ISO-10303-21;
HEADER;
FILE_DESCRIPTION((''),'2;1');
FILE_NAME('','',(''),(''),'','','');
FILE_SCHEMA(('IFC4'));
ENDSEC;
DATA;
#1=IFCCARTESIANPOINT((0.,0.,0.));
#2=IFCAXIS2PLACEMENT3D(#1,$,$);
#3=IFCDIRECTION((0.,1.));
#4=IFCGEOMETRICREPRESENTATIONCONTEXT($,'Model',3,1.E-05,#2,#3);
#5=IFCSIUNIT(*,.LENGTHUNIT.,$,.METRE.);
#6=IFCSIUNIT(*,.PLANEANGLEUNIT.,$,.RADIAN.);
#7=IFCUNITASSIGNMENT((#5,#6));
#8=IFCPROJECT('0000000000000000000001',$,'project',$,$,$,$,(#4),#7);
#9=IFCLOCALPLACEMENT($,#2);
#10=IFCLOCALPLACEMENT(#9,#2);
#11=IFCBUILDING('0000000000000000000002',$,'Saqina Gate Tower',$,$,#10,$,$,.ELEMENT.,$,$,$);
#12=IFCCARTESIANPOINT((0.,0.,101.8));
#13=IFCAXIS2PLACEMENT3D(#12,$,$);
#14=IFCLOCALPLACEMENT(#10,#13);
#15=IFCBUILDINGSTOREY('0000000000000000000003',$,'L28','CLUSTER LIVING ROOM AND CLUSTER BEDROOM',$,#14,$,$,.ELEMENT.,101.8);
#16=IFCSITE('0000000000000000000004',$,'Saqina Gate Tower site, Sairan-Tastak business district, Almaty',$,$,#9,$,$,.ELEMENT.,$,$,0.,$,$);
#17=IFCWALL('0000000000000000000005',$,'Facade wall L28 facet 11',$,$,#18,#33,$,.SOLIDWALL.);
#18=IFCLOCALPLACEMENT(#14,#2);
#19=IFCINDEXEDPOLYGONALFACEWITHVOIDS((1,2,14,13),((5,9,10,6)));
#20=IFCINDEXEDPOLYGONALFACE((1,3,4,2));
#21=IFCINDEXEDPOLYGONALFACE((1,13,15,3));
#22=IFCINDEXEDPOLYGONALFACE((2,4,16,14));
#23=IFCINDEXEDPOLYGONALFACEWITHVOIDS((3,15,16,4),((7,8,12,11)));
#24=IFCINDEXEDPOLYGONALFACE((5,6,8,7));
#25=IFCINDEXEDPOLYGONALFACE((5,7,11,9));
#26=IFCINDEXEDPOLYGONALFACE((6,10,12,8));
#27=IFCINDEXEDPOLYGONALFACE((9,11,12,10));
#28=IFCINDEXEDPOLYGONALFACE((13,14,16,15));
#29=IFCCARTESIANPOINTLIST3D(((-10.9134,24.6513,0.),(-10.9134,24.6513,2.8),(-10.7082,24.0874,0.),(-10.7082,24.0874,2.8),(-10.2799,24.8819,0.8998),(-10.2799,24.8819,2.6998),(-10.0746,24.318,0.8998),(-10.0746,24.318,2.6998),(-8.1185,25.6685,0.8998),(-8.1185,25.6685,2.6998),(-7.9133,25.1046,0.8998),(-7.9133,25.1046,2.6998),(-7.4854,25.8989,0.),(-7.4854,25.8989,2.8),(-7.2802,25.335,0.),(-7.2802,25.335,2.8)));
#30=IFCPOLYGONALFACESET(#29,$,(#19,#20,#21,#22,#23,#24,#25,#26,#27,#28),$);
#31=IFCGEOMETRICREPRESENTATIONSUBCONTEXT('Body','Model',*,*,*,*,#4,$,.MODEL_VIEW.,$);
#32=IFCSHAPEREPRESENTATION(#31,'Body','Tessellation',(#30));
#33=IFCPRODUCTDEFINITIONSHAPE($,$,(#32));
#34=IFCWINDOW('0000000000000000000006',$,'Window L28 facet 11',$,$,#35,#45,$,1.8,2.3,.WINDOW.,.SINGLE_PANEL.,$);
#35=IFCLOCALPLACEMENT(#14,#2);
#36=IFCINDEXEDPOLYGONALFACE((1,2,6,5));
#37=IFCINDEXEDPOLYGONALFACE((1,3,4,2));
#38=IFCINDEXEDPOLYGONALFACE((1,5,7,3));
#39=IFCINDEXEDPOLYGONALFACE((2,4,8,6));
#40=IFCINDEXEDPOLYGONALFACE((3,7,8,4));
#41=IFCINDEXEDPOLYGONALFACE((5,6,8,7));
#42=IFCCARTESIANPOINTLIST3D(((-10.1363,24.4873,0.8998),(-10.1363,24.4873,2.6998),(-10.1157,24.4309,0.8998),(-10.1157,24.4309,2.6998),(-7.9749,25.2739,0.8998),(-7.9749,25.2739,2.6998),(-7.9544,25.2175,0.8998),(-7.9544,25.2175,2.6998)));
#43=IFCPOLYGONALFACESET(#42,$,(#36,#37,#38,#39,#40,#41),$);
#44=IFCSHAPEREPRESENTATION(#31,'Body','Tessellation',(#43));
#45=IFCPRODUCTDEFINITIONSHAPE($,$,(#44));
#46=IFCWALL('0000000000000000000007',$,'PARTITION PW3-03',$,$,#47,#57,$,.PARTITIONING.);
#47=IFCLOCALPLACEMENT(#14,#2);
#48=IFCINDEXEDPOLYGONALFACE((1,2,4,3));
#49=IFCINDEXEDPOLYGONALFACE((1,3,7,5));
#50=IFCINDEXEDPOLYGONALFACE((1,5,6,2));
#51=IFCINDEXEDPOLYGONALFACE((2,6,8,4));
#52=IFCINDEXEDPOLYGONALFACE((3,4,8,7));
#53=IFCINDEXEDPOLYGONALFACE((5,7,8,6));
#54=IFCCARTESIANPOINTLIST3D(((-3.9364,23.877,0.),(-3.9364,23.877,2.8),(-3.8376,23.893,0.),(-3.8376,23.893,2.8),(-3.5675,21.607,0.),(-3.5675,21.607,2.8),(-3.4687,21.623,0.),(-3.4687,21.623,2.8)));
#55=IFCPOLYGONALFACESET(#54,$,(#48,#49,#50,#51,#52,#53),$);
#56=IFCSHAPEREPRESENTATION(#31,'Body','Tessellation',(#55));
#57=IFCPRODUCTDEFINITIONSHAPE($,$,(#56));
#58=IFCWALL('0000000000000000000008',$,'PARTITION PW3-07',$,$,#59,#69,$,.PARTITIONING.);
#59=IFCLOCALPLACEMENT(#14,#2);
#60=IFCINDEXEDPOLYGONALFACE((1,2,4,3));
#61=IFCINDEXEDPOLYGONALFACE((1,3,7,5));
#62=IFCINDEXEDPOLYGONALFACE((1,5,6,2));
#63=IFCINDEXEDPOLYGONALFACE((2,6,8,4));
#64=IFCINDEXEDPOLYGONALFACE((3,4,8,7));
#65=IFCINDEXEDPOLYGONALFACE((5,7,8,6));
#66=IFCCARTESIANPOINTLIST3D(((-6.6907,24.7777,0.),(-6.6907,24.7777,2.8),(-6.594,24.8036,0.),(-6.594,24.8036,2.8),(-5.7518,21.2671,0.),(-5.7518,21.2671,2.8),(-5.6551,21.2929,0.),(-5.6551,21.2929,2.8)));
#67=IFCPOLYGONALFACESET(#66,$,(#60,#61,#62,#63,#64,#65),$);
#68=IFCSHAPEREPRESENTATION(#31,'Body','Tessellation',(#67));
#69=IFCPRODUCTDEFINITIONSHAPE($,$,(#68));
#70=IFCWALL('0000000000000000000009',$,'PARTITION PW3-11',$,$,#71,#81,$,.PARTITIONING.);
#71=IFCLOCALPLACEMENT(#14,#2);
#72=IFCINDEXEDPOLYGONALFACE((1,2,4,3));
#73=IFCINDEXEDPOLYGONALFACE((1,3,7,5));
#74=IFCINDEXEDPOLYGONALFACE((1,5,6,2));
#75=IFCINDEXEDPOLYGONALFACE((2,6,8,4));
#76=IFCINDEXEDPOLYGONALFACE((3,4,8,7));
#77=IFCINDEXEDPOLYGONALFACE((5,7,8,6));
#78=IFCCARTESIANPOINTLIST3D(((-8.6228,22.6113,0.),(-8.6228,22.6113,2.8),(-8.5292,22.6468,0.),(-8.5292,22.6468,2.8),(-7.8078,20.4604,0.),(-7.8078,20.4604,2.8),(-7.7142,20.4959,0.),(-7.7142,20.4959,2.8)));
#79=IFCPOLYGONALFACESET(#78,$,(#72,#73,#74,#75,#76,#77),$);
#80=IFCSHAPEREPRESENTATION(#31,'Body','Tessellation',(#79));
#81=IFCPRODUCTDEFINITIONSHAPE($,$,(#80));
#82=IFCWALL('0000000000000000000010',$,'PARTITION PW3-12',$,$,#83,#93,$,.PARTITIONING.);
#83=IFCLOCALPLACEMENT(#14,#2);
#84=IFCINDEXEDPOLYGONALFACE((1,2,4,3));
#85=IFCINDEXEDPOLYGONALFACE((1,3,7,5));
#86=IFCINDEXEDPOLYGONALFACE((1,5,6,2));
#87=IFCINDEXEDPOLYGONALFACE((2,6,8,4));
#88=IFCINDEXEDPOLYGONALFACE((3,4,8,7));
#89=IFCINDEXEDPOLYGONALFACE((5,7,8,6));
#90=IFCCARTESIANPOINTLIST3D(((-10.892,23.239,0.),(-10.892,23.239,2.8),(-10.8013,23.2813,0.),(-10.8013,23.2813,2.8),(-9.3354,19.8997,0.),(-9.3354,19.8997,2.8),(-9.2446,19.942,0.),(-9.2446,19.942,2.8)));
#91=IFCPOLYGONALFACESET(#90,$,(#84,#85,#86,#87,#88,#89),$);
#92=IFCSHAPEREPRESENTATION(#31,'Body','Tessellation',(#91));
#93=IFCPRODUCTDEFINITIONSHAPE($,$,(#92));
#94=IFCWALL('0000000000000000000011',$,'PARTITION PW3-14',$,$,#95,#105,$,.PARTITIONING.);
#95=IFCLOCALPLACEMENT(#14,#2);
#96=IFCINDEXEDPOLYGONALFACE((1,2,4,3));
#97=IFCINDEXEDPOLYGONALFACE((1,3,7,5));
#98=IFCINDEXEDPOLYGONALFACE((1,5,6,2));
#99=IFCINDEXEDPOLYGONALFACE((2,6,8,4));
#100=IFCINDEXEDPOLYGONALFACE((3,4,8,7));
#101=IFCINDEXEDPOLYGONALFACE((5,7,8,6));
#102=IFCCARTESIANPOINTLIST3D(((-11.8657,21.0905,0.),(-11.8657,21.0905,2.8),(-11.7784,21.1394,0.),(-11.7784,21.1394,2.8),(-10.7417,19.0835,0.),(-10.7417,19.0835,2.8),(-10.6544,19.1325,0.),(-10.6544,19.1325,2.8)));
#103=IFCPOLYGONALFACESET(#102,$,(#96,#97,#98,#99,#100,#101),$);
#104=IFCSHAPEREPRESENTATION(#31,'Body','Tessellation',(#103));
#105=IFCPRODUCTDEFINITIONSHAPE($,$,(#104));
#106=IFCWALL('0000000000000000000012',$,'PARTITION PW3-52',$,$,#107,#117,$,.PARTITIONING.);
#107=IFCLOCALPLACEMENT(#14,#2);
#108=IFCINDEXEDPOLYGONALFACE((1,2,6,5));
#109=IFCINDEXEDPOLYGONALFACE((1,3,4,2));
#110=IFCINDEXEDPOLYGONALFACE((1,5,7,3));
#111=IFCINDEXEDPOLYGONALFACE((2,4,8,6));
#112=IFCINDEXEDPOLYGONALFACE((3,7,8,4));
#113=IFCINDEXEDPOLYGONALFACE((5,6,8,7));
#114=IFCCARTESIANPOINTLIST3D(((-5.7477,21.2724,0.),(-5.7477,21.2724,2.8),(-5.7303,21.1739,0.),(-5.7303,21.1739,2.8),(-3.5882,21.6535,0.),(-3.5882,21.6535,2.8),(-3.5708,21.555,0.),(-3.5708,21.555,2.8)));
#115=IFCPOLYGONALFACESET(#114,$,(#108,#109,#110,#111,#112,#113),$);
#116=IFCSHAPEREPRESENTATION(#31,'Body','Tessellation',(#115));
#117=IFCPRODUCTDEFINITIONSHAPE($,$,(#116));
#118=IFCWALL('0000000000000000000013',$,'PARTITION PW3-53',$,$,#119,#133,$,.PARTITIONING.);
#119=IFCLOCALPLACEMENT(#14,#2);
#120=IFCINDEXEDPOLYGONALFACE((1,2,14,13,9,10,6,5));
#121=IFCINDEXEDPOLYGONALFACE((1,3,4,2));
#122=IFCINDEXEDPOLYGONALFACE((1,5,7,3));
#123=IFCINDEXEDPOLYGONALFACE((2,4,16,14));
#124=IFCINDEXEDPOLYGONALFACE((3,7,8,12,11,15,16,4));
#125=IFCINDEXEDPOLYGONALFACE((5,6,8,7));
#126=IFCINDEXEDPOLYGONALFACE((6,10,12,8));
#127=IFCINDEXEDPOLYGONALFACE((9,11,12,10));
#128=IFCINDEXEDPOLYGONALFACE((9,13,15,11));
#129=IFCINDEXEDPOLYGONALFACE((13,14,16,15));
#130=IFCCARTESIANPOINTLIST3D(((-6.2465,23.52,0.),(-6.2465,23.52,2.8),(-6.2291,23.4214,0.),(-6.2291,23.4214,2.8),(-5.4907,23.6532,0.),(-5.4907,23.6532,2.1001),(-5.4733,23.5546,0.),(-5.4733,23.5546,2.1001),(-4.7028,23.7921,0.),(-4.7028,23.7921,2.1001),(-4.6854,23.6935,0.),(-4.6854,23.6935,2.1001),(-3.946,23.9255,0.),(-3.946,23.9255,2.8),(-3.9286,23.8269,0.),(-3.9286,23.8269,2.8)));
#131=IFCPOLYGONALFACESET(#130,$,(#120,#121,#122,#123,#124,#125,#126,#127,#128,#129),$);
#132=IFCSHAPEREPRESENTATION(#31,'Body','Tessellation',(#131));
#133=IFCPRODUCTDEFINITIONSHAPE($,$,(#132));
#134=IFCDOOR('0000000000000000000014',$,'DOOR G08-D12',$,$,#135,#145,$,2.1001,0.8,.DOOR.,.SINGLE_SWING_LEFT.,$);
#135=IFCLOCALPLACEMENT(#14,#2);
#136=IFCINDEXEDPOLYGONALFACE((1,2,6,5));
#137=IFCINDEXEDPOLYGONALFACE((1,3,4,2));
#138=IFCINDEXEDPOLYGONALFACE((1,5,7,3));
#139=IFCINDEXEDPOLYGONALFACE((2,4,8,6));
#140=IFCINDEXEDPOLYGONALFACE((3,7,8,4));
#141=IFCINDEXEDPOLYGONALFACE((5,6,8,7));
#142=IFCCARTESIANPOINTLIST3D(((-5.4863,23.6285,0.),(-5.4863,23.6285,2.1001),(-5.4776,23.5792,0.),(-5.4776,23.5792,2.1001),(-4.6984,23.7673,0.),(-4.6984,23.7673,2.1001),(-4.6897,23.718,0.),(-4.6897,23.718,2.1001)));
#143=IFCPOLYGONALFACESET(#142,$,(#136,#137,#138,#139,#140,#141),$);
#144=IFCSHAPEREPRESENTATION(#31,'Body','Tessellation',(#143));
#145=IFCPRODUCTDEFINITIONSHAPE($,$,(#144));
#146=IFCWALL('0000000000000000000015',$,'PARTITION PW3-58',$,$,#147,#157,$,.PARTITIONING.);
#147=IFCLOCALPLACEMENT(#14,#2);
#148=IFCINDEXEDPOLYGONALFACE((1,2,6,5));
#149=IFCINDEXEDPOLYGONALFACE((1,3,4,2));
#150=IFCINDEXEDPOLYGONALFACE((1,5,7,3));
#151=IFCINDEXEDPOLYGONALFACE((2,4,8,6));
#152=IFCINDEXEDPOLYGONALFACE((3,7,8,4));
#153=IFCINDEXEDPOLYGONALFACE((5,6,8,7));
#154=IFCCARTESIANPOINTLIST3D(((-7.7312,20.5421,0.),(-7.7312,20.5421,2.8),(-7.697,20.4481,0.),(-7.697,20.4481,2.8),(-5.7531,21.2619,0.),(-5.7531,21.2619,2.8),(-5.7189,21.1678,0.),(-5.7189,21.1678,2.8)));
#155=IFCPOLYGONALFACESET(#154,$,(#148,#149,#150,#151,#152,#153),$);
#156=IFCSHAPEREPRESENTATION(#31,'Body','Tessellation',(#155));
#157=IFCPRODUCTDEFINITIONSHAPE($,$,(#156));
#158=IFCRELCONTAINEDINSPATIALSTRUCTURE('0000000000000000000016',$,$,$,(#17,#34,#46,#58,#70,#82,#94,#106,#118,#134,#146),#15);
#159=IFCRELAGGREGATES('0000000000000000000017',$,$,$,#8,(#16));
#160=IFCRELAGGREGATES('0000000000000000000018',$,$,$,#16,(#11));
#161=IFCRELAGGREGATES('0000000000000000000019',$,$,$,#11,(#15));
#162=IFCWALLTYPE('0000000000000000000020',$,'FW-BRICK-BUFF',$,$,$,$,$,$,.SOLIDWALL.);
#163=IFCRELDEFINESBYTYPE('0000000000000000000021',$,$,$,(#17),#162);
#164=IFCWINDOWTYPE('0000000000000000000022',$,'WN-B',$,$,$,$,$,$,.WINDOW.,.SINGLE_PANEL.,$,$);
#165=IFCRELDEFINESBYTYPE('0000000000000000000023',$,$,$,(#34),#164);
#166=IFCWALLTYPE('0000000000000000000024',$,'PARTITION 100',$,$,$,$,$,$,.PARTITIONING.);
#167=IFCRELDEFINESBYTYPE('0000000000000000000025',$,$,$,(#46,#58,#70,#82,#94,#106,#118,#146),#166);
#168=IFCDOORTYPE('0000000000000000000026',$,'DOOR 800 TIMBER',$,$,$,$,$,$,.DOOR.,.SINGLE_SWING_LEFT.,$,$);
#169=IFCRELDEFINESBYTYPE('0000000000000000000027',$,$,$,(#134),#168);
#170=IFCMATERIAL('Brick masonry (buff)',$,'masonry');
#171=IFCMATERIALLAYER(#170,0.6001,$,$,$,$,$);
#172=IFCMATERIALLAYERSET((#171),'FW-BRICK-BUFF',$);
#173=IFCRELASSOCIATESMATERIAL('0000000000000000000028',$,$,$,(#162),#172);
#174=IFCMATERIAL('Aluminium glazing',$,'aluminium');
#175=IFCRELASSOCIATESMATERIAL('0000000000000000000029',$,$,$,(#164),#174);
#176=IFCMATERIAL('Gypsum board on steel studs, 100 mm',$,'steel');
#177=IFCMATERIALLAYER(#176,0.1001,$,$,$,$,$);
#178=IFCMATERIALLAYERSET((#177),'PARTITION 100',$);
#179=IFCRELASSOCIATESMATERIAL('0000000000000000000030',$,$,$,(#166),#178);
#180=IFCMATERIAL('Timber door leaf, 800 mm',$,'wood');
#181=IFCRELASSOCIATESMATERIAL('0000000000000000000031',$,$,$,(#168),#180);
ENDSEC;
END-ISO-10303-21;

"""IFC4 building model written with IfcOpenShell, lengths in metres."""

from ifc_helpers import new_model, si_unit, direction, frame, frame_2d, origin, place, context, subcontext, project, spatial, rectangle, extrude, material, layer, layer_set, type_object, element, fill, save


model = new_model("IFC4")

# Units and contexts
model_context = context("Model", 3, precision=1e-05, world=origin(), true_north=direction((0.0, 1.0)))
body_context = subcontext(model_context, "Body", "Model", "MODEL_VIEW")
ifc_project = project(units=[si_unit("LENGTHUNIT", "METRE"), si_unit("PLANEANGLEUNIT", "RADIAN")], contexts=[model_context])

# Site, building, storey
site_placement = place(None, origin())
site = spatial("IfcSite", under=ifc_project, at=site_placement, Name="Saqina Gate Tower site, Sairan-Tastak business district, Almaty", CompositionType="ELEMENT", RefElevation=0.0)
building_placement = place(site_placement, origin())
building = spatial("IfcBuilding", under=site, at=building_placement, Name="Saqina Gate Tower", CompositionType="ELEMENT")
storey_placement = place(building_placement, frame((0.0, 0.0, 101.8)))
storey = spatial("IfcBuildingStorey", under=building, at=storey_placement, Name="L28", Description="CLUSTER LIVING ROOM AND CLUSTER BEDROOM", CompositionType="ELEMENT", Elevation=101.8)

# Wall, opening, window
ifc_material_1 = material(Name="Brick masonry (buff)", Category="masonry")
ifc_layer_1 = layer(ifc_material_1, 0.6001)
ifc_layer_set_1 = layer_set([ifc_layer_1], Name="FW-BRICK-BUFF")
wall_type_1 = type_object("IfcWallType", Name="FW-BRICK-BUFF", PredefinedType="SOLIDWALL", material=ifc_layer_set_1)
ifc_material_2 = material(Name="Aluminium glazing", Category="aluminium")
window_type = type_object("IfcWindowType", Name="WN-B", PartitioningType="SINGLE_PANEL", PredefinedType="WINDOW", material=ifc_material_2)
wall_1_placement = place(storey_placement, frame((-7.3828, 25.6169, 0.0), z_axis=(0.0, 0.0, 1.0), x_axis=(-0.939704, -0.34199, 0.0)))
wall_1 = element("IfcWall", 1, at=wall_1_placement, inside=storey, type_object=wall_type_1, Name="Facade wall L28 facet 11", PredefinedType="SOLIDWALL", context=body_context, shape_type="SweptSolid", body=[
    extrude(rectangle(XDim=3.6479, YDim=0.6001, at=frame_2d((1.824, 0.0))), origin(), (0.0, 0.0, 1.0), 2.8),
])
opening_1_placement = place(wall_1_placement, frame((0.6738, 0.0, 0.8999)))
opening_1 = element("IfcOpeningElement", 2, at=opening_1_placement, cuts=wall_1, PredefinedType="OPENING", context=body_context, shape_type="SweptSolid", body=[
    extrude(rectangle(XDim=2.3, YDim=1.8, at=frame_2d((1.1499, 0.8999))), frame((0.0, 0.312, 0.0), z_axis=(0.0, -1.0, 0.0), x_axis=(1.0, 0.0, 0.0)), (0.0, 0.0, 1.0), 0.624),
])
window_1_placement = place(opening_1_placement, origin())
window_1 = element("IfcWindow", 3, at=window_1_placement, inside=storey, type_object=window_type, Name="Window L28 facet 11", OverallHeight=1.8, OverallWidth=2.3, PartitioningType="SINGLE_PANEL", PredefinedType="WINDOW", context=body_context, shape_type="SweptSolid", body=[
    extrude(rectangle(XDim=2.3, YDim=1.8, at=frame_2d((1.1499, 0.8999))), frame((0.0, 0.1799, 0.0), z_axis=(0.0, -1.0, 0.0), x_axis=(1.0, 0.0, 0.0)), (0.0, 0.0, 1.0), 0.0601),
])
fill(opening_1, window_1)

# Walls
ifc_material_3 = material(Name="Gypsum board on steel studs, 100 mm", Category="steel")
ifc_layer_2 = layer(ifc_material_3, 0.1001)
ifc_layer_set_2 = layer_set([ifc_layer_2], Name="PARTITION 100")
wall_type_2 = type_object("IfcWallType", Name="PARTITION 100", PredefinedType="PARTITIONING", material=ifc_layer_set_2)
wall_2_placement = place(storey_placement, frame((-3.887, 23.885, 0.0), z_axis=(0.0, 0.0, 1.0), x_axis=(0.160404, -0.987051, 0.0)))
element("IfcWall", 4, at=wall_2_placement, inside=storey, type_object=wall_type_2, Name="PARTITION PW3-03", PredefinedType="PARTITIONING", context=body_context, shape_type="SweptSolid", body=[
    extrude(rectangle(XDim=2.2998, YDim=0.1001, at=frame_2d((1.1499, 0.0))), origin(), (0.0, 0.0, 1.0), 2.8),
])
wall_3_placement = place(storey_placement, frame((-6.6423, 24.7905, 0.0), z_axis=(0.0, 0.0, 1.0), x_axis=(0.258373, -0.966045, 0.0)))
element("IfcWall", 5, at=wall_3_placement, inside=storey, type_object=wall_type_2, Name="PARTITION PW3-07", PredefinedType="PARTITIONING", context=body_context, shape_type="SweptSolid", body=[
    extrude(rectangle(XDim=3.634, YDim=0.1001, at=frame_2d((1.8169, 0.0))), origin(), (0.0, 0.0, 1.0), 2.8),
])
wall_4_placement = place(storey_placement, frame((-8.5759, 22.6289, 0.0), z_axis=(0.0, 0.0, 1.0), x_axis=(0.354309, -0.935129, 0.0)))
element("IfcWall", 6, at=wall_4_placement, inside=storey, type_object=wall_type_2, Name="PARTITION PW3-11", PredefinedType="PARTITIONING", context=body_context, shape_type="SweptSolid", body=[
    extrude(rectangle(XDim=2.3, YDim=0.1001, at=frame_2d((1.1499, 0.0))), origin(), (0.0, 0.0, 1.0), 2.8),
])
wall_5_placement = place(storey_placement, frame((-10.8467, 23.2603, 0.0), z_axis=(0.0, 0.0, 1.0), x_axis=(0.422501, -0.906363, 0.0)))
element("IfcWall", 7, at=wall_5_placement, inside=storey, type_object=wall_type_2, Name="PARTITION PW3-12", PredefinedType="PARTITIONING", context=body_context, shape_type="SweptSolid", body=[
    extrude(rectangle(XDim=3.6843, YDim=0.1001, at=frame_2d((1.8423, 0.0))), origin(), (0.0, 0.0, 1.0), 2.8),
])
wall_6_placement = place(storey_placement, frame((-11.822, 21.115, 0.0), z_axis=(0.0, 0.0, 1.0), x_axis=(0.488623, -0.872495, 0.0)))
element("IfcWall", 8, at=wall_6_placement, inside=storey, type_object=wall_type_2, Name="PARTITION PW3-14", PredefinedType="PARTITIONING", context=body_context, shape_type="SweptSolid", body=[
    extrude(rectangle(XDim=2.3003, YDim=0.1001, at=frame_2d((1.1501, 0.0))), origin(), (0.0, 0.0, 1.0), 2.8),
])
wall_7_placement = place(storey_placement, frame((-5.739, 21.2231, 0.0), z_axis=(0.0, 0.0, 1.0), x_axis=(0.984781, 0.173798, 0.0)))
element("IfcWall", 9, at=wall_7_placement, inside=storey, type_object=wall_type_2, Name="PARTITION PW3-52", PredefinedType="PARTITIONING", context=body_context, shape_type="SweptSolid", body=[
    extrude(rectangle(XDim=2.1929, YDim=0.1001, at=frame_2d((1.0964, 0.0))), origin(), (0.0, 0.0, 1.0), 2.8),
])

# Wall, opening, door
wall_8_placement = place(storey_placement, frame((-6.2378, 23.4707, 0.0), z_axis=(0.0, 0.0, 1.0), x_axis=(0.984817, 0.173595, 0.0)))
wall_8 = element("IfcWall", 10, at=wall_8_placement, inside=storey, type_object=wall_type_2, Name="PARTITION PW3-53", PredefinedType="PARTITIONING", context=body_context, shape_type="SweptSolid", body=[
    extrude(rectangle(XDim=2.3359, YDim=0.1001, at=frame_2d((1.168, 0.0))), origin(), (0.0, 0.0, 1.0), 2.8),
])
opening_2_placement = place(wall_8_placement, frame((0.7676, 0.0, 0.0)))
opening_2 = element("IfcOpeningElement", 11, at=opening_2_placement, cuts=wall_8, PredefinedType="OPENING", context=body_context, shape_type="SweptSolid", body=[
    extrude(rectangle(XDim=0.8, YDim=2.1001, at=frame_2d((0.3999, 1.05))), frame((0.0, 0.062, 0.0), z_axis=(0.0, -1.0, 0.0), x_axis=(1.0, 0.0, 0.0)), (0.0, 0.0, 1.0), 0.124),
])
ifc_material_4 = material(Name="Timber door leaf, 800 mm", Category="wood")
door_type_1 = type_object("IfcDoorType", Name="DOOR 800 TIMBER", OperationType="SINGLE_SWING_LEFT", PredefinedType="DOOR", material=ifc_material_4)
door_1_placement = place(opening_2_placement, origin())
door_1 = element("IfcDoor", 12, at=door_1_placement, inside=storey, type_object=door_type_1, Name="DOOR G08-D12", OperationType="SINGLE_SWING_LEFT", OverallHeight=2.1001, OverallWidth=0.8, PredefinedType="DOOR", context=body_context, shape_type="SweptSolid", body=[
    extrude(rectangle(XDim=0.8, YDim=2.1001, at=frame_2d((0.3999, 1.05))), frame((0.0, 0.0249, 0.0), z_axis=(0.0, -1.0, 0.0), x_axis=(1.0, 0.0, 0.0)), (0.0, 0.0, 1.0), 0.05),
])
fill(opening_2, door_1)

# Wall
wall_9_placement = place(storey_placement, frame((-7.7141, 20.4951, 0.0), z_axis=(0.0, 0.0, 1.0), x_axis=(0.939726, 0.341929, 0.0)))
element("IfcWall", 13, at=wall_9_placement, inside=storey, type_object=wall_type_2, Name="PARTITION PW3-58", PredefinedType="PARTITIONING", context=body_context, shape_type="SweptSolid", body=[
    extrude(rectangle(XDim=2.105, YDim=0.1001, at=frame_2d((1.0525, 0.0))), origin(), (0.0, 0.0, 1.0), 2.8),
])

save(model, "model.ifc")
